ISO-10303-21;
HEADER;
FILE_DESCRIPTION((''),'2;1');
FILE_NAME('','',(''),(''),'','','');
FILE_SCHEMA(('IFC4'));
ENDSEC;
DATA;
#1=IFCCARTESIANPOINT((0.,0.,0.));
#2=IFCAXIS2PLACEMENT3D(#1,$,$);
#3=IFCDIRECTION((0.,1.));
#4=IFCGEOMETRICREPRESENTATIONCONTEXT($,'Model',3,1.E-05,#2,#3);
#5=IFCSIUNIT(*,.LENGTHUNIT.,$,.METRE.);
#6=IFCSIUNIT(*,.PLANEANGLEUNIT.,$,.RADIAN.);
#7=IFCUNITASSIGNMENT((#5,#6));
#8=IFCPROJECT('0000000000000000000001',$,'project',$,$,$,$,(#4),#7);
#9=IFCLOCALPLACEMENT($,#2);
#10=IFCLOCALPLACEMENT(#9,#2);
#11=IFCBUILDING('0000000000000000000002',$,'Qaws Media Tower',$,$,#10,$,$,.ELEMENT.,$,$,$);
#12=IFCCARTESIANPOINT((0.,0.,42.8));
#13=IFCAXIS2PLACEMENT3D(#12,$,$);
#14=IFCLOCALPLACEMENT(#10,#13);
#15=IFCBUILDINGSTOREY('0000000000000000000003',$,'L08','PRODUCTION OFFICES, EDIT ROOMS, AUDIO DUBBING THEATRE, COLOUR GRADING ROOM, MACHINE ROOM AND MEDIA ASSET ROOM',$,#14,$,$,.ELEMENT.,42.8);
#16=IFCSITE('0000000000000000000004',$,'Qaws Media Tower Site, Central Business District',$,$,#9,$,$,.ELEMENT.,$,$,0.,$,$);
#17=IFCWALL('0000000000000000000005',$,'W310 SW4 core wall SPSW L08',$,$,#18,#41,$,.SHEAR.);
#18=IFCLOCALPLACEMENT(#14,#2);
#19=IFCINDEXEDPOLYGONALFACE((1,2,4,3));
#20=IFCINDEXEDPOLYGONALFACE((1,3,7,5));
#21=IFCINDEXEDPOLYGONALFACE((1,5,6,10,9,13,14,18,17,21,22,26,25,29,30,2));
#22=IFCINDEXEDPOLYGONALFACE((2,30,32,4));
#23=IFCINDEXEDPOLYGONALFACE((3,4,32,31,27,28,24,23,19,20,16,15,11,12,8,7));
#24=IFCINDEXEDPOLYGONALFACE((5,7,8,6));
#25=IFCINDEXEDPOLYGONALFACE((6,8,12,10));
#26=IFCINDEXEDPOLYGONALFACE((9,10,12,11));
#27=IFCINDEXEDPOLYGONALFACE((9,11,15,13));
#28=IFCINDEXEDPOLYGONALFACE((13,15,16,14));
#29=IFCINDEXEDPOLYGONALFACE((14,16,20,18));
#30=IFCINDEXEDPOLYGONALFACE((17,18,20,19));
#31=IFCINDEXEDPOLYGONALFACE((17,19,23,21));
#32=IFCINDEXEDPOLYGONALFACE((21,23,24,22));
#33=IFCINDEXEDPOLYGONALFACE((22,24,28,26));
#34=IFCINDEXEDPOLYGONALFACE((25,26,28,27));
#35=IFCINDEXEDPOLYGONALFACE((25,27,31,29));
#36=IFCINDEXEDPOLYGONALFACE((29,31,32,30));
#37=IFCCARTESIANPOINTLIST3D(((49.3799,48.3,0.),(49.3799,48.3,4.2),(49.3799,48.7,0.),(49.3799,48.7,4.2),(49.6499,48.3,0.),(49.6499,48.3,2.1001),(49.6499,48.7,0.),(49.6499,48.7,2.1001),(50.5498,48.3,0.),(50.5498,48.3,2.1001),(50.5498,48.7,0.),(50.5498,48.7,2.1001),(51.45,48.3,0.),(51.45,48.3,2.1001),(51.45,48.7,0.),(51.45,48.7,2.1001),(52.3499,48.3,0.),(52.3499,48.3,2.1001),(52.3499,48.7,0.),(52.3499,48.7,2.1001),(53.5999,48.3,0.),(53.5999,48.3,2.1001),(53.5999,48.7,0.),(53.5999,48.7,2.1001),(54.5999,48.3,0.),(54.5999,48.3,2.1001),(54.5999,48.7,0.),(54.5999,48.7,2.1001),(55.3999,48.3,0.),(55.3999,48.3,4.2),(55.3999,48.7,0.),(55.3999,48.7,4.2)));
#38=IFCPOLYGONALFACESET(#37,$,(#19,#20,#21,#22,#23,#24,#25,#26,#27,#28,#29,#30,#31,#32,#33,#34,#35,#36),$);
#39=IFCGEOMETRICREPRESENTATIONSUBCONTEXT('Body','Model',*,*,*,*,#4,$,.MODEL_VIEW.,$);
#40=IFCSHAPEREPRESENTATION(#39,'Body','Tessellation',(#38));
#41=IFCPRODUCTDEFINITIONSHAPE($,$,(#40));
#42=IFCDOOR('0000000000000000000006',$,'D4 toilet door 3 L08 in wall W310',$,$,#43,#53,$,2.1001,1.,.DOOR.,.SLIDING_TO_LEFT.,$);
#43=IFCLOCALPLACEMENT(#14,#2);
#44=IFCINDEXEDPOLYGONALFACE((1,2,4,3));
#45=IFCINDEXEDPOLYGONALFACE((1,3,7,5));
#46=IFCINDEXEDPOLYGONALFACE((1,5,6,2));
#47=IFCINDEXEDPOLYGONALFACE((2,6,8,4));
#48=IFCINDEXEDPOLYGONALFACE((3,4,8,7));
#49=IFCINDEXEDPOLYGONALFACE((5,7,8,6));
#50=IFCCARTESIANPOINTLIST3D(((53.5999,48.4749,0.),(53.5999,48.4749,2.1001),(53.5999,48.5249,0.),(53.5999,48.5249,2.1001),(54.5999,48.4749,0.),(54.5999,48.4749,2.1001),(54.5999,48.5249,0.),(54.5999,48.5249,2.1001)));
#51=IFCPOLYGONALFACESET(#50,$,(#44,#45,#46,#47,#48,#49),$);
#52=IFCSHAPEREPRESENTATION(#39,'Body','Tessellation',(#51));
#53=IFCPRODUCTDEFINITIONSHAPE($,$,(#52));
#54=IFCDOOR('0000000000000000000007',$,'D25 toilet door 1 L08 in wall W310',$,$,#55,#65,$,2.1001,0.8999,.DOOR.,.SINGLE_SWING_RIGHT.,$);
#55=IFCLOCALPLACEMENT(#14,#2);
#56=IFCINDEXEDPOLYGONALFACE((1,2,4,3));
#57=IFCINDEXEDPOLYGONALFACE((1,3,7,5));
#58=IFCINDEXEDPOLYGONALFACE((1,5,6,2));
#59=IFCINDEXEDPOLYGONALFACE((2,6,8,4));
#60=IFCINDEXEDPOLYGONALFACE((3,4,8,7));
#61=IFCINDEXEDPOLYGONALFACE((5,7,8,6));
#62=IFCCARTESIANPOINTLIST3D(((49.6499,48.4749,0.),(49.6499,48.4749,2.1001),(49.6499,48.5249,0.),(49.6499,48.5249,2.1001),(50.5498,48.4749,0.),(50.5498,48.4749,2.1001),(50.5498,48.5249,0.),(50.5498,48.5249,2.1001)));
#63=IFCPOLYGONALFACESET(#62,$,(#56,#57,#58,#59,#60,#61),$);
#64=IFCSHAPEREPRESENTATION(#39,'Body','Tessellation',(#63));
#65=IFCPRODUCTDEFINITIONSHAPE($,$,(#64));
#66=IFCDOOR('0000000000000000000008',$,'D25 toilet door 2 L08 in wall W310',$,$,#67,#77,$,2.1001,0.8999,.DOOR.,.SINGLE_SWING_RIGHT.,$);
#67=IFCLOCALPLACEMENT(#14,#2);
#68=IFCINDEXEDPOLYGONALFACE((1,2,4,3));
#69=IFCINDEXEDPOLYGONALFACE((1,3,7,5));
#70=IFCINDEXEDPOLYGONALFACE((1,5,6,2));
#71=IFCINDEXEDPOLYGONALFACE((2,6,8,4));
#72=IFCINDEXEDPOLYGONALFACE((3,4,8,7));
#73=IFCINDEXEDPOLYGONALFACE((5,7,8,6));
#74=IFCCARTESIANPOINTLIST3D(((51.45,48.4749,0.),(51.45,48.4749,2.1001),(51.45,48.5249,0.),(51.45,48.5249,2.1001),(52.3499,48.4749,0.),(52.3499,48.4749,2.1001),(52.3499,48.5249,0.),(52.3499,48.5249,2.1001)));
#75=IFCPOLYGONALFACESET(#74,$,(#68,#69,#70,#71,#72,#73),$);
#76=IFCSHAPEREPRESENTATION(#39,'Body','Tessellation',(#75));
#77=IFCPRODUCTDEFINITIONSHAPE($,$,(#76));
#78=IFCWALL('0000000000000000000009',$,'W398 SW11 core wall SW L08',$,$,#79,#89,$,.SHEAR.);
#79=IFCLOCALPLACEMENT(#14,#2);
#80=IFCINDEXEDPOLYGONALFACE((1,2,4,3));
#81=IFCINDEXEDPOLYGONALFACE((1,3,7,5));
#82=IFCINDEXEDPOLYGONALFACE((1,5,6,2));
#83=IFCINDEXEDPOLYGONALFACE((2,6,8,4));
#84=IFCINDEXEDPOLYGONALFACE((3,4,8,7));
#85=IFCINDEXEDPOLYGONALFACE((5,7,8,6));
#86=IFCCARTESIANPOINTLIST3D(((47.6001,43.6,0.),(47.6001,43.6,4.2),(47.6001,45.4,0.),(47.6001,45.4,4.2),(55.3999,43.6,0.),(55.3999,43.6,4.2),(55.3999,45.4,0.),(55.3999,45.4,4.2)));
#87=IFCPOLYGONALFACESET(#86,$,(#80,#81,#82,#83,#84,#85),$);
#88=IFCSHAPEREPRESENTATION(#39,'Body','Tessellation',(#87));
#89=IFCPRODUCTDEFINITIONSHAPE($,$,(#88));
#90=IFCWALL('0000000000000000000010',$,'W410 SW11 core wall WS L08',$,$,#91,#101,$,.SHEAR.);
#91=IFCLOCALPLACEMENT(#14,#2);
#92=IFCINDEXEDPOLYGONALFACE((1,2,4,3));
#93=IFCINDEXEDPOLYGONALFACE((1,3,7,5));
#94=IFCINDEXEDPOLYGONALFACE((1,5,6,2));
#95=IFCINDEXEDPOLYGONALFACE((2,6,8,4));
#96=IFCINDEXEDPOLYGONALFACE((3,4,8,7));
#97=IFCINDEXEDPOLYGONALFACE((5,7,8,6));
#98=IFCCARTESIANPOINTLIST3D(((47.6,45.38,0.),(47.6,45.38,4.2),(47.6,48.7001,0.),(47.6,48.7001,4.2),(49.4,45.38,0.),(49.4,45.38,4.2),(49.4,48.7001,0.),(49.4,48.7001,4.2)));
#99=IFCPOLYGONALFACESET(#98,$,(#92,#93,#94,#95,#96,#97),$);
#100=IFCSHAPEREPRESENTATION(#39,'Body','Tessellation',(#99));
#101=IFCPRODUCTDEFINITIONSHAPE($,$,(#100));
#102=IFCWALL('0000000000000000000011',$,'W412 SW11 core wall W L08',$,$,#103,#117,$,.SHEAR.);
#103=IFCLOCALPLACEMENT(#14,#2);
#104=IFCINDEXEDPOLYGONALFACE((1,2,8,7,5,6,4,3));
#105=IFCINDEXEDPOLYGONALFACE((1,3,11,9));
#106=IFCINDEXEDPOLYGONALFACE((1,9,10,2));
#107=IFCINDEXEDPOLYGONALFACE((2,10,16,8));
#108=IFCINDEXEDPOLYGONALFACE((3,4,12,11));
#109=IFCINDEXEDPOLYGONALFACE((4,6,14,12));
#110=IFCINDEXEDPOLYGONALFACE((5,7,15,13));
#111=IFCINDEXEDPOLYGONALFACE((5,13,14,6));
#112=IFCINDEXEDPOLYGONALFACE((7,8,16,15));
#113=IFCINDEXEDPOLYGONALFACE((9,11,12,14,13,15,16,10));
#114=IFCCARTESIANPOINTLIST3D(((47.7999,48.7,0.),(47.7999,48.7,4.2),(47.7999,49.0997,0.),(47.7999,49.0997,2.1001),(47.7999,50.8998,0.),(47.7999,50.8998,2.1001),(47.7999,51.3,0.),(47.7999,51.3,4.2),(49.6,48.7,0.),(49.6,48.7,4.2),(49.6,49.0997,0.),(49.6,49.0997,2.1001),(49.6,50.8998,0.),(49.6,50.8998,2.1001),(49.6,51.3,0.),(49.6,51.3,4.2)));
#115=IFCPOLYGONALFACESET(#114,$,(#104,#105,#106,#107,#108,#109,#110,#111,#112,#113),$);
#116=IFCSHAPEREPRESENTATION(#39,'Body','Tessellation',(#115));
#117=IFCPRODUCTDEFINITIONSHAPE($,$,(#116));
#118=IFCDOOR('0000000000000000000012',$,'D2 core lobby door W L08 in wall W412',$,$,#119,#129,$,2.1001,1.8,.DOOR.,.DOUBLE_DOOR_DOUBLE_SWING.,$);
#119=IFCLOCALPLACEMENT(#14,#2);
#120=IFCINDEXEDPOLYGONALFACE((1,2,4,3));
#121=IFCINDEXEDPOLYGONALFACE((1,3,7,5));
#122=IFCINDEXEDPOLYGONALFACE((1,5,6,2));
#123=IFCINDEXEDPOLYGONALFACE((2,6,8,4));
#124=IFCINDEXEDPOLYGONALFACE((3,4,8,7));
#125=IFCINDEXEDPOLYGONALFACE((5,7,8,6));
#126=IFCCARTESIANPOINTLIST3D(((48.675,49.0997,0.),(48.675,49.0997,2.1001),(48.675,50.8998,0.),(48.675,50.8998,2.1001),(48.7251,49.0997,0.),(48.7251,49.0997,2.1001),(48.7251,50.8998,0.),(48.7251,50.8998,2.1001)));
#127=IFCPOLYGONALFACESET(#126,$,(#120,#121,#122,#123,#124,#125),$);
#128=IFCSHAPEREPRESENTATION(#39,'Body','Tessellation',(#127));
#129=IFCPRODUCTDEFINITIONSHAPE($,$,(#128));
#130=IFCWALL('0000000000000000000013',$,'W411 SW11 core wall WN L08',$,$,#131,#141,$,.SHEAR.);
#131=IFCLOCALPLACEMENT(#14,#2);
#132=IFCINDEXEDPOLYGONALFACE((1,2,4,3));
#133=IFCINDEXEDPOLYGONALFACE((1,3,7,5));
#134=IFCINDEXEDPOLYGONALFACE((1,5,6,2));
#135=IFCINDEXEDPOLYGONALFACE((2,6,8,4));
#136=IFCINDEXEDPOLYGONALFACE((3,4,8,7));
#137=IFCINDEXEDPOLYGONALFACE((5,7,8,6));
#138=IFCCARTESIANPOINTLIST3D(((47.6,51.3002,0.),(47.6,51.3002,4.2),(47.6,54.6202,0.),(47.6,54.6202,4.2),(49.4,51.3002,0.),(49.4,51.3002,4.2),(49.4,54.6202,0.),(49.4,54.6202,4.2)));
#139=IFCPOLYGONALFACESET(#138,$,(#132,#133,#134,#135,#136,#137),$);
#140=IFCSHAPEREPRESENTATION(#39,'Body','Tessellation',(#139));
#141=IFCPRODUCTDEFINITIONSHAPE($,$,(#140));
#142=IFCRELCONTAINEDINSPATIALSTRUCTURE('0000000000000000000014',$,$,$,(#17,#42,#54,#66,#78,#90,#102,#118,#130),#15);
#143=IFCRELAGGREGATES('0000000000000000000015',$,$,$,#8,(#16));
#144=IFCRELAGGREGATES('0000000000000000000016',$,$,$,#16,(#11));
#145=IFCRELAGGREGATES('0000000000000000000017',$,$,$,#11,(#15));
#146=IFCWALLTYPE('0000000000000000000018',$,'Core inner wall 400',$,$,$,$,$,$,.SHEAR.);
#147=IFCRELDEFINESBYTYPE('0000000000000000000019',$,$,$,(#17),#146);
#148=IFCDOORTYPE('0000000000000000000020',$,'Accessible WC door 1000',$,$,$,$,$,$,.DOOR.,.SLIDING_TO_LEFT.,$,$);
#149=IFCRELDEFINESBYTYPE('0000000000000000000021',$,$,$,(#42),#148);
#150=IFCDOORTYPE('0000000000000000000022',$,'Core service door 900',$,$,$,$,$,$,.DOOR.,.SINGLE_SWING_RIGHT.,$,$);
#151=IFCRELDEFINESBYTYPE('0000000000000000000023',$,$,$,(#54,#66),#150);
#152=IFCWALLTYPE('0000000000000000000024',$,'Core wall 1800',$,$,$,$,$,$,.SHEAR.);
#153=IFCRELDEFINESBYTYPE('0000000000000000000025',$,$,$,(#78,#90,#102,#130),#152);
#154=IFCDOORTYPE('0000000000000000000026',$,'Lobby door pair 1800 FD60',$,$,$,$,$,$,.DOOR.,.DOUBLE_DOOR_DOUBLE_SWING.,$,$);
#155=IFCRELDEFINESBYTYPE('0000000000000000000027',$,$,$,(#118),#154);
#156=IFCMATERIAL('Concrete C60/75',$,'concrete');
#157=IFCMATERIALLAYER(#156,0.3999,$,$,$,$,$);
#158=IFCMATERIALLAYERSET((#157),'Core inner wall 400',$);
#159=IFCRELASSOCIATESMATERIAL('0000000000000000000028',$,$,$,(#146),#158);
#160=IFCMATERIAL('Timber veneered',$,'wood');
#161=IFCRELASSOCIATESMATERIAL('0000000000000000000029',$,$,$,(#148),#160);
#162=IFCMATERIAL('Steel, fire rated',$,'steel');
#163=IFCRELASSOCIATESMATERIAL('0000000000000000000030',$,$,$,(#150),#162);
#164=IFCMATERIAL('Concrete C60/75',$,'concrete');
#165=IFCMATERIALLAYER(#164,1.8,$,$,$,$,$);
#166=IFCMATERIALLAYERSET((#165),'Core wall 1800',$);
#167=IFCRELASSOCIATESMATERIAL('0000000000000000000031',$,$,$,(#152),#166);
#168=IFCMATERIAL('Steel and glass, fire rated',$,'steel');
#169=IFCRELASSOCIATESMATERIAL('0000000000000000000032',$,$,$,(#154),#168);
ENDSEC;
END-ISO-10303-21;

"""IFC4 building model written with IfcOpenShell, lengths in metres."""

from ifc_helpers import new_model, si_unit, direction, frame, frame_2d, origin, place, context, subcontext, project, spatial, rectangle, extrude, material, layer, layer_set, type_object, element, fill, save


model = new_model("IFC4")

# Units and contexts
model_context = context("Model", 3, precision=1e-05, world=origin(), true_north=direction((0.0, 1.0)))
body_context = subcontext(model_context, "Body", "Model", "MODEL_VIEW")
ifc_project = project(units=[si_unit("LENGTHUNIT", "METRE"), si_unit("PLANEANGLEUNIT", "RADIAN")], contexts=[model_context])

# Site, building, storey
site_placement = place(None, origin())
site = spatial("IfcSite", under=ifc_project, at=site_placement, Name="Qaws Media Tower Site, Central Business District", CompositionType="ELEMENT", RefElevation=0.0)
building_placement = place(site_placement, origin())
building = spatial("IfcBuilding", under=site, at=building_placement, Name="Qaws Media Tower", CompositionType="ELEMENT")
storey_placement = place(building_placement, frame((0.0, 0.0, 42.8)))
storey = spatial("IfcBuildingStorey", under=building, at=storey_placement, Name="L08", Description="PRODUCTION OFFICES, EDIT ROOMS, AUDIO DUBBING THEATRE, COLOUR GRADING ROOM, MACHINE ROOM AND MEDIA ASSET ROOM", CompositionType="ELEMENT", Elevation=42.8)

# Wall, openings, doors
ifc_material_1 = material(Name="Concrete C60/75", Category="concrete")
ifc_layer_1 = layer(ifc_material_1, 0.3999)
ifc_layer_set_1 = layer_set([ifc_layer_1], Name="Core inner wall 400")
wall_type_1 = type_object("IfcWallType", Name="Core inner wall 400", PredefinedType="SHEAR", material=ifc_layer_set_1)
wall_1_placement = place(storey_placement, frame((49.3799, 48.5, 0.0), z_axis=(0.0, 0.0, 1.0), x_axis=(1.0, 0.0, 0.0)))
wall_1 = element("IfcWall", 1, at=wall_1_placement, inside=storey, type_object=wall_type_1, Name="W310 SW4 core wall SPSW L08", PredefinedType="SHEAR", context=body_context, shape_type="SweptSolid", body=[
    extrude(rectangle(XDim=6.02, YDim=0.3999, at=frame_2d((3.01, 0.0))), origin(), (0.0, 0.0, 1.0), 4.2),
])
opening_1_placement = place(wall_1_placement, frame((0.27, 0.0, 0.0)))
opening_1 = element("IfcOpeningElement", 2, at=opening_1_placement, cuts=wall_1, PredefinedType="OPENING", context=body_context, shape_type="SweptSolid", body=[
    extrude(rectangle(XDim=0.8999, YDim=2.1001, at=frame_2d((0.45, 1.05))), frame((0.0, 0.21, 0.0), z_axis=(0.0, -1.0, 0.0), x_axis=(1.0, 0.0, 0.0)), (0.0, 0.0, 1.0), 0.4199),
])
opening_2_placement = place(wall_1_placement, frame((2.0701, 0.0, 0.0)))
opening_2 = element("IfcOpeningElement", 3, at=opening_2_placement, cuts=wall_1, PredefinedType="OPENING", context=body_context, shape_type="SweptSolid", body=[
    extrude(rectangle(XDim=0.8999, YDim=2.1001, at=frame_2d((0.45, 1.05))), frame((0.0, 0.21, 0.0), z_axis=(0.0, -1.0, 0.0), x_axis=(1.0, 0.0, 0.0)), (0.0, 0.0, 1.0), 0.4199),
])
opening_3_placement = place(wall_1_placement, frame((4.22, 0.0, 0.0)))
opening_3 = element("IfcOpeningElement", 4, at=opening_3_placement, cuts=wall_1, PredefinedType="OPENING", context=body_context, shape_type="SweptSolid", body=[
    extrude(rectangle(XDim=1.0, YDim=2.1001, at=frame_2d((0.5, 1.05))), frame((0.0, 0.21, 0.0), z_axis=(0.0, -1.0, 0.0), x_axis=(1.0, 0.0, 0.0)), (0.0, 0.0, 1.0), 0.4199),
])
ifc_material_2 = material(Name="Timber veneered", Category="wood")
door_type_1 = type_object("IfcDoorType", Name="Accessible WC door 1000", OperationType="SLIDING_TO_LEFT", PredefinedType="DOOR", material=ifc_material_2)
door_1_placement = place(opening_3_placement, origin())
door_1 = element("IfcDoor", 5, at=door_1_placement, inside=storey, type_object=door_type_1, Name="D4 toilet door 3 L08 in wall W310", OperationType="SLIDING_TO_LEFT", OverallHeight=2.1001, OverallWidth=1.0, PredefinedType="DOOR", context=body_context, shape_type="SweptSolid", body=[
    extrude(rectangle(XDim=1.0, YDim=2.1001, at=frame_2d((0.5, 1.05))), frame((0.0, 0.0249, 0.0), z_axis=(0.0, -1.0, 0.0), x_axis=(1.0, 0.0, 0.0)), (0.0, 0.0, 1.0), 0.05),
])
fill(opening_3, door_1)
ifc_material_3 = material(Name="Steel, fire rated", Category="steel")
door_type_2 = type_object("IfcDoorType", Name="Core service door 900", OperationType="SINGLE_SWING_RIGHT", PredefinedType="DOOR", material=ifc_material_3)
door_2_placement = place(opening_1_placement, origin())
door_2 = element("IfcDoor", 6, at=door_2_placement, inside=storey, type_object=door_type_2, Name="D25 toilet door 1 L08 in wall W310", OperationType="SINGLE_SWING_RIGHT", OverallHeight=2.1001, OverallWidth=0.8999, PredefinedType="DOOR", context=body_context, shape_type="SweptSolid", body=[
    extrude(rectangle(XDim=0.8999, YDim=2.1001, at=frame_2d((0.45, 1.05))), frame((0.0, 0.0249, 0.0), z_axis=(0.0, -1.0, 0.0), x_axis=(1.0, 0.0, 0.0)), (0.0, 0.0, 1.0), 0.05),
])
fill(opening_1, door_2)
door_3_placement = place(opening_2_placement, origin())
door_3 = element("IfcDoor", 7, at=door_3_placement, inside=storey, type_object=door_type_2, Name="D25 toilet door 2 L08 in wall W310", OperationType="SINGLE_SWING_RIGHT", OverallHeight=2.1001, OverallWidth=0.8999, PredefinedType="DOOR", context=body_context, shape_type="SweptSolid", body=[
    extrude(rectangle(XDim=0.8999, YDim=2.1001, at=frame_2d((0.45, 1.05))), frame((0.0, 0.0249, 0.0), z_axis=(0.0, -1.0, 0.0), x_axis=(1.0, 0.0, 0.0)), (0.0, 0.0, 1.0), 0.05),
])
fill(opening_2, door_3)

# Walls
ifc_material_4 = material(Name="Concrete C60/75", Category="concrete")
ifc_layer_2 = layer(ifc_material_4, 1.8)
ifc_layer_set_2 = layer_set([ifc_layer_2], Name="Core wall 1800")
wall_type_2 = type_object("IfcWallType", Name="Core wall 1800", PredefinedType="SHEAR", material=ifc_layer_set_2)
wall_2_placement = place(storey_placement, frame((47.6001, 44.5, 0.0), z_axis=(0.0, 0.0, 1.0), x_axis=(1.0, 0.0, 0.0)))
element("IfcWall", 8, at=wall_2_placement, inside=storey, type_object=wall_type_2, Name="W398 SW11 core wall SW L08", PredefinedType="SHEAR", context=body_context, shape_type="SweptSolid", body=[
    extrude(rectangle(XDim=7.7998, YDim=1.8, at=frame_2d((3.8999, 0.0))), origin(), (0.0, 0.0, 1.0), 4.2),
])
wall_3_placement = place(storey_placement, frame((48.5, 45.3799, 0.0), z_axis=(0.0, 0.0, 1.0), x_axis=(0.0, 1.0, 0.0)))
element("IfcWall", 9, at=wall_3_placement, inside=storey, type_object=wall_type_2, Name="W410 SW11 core wall WS L08", PredefinedType="SHEAR", context=body_context, shape_type="SweptSolid", body=[
    extrude(rectangle(XDim=3.3201, YDim=1.8, at=frame_2d((1.6602, 0.0))), origin(), (0.0, 0.0, 1.0), 4.2),
])

# Wall, opening, door
wall_4_placement = place(storey_placement, frame((48.7, 48.7, 0.0), z_axis=(0.0, 0.0, 1.0), x_axis=(0.0, 1.0, 0.0)))
wall_4 = element("IfcWall", 10, at=wall_4_placement, inside=storey, type_object=wall_type_2, Name="W412 SW11 core wall W L08", PredefinedType="SHEAR", context=body_context, shape_type="SweptSolid", body=[
    extrude(rectangle(XDim=2.6001, YDim=1.8, at=frame_2d((1.3, 0.0))), origin(), (0.0, 0.0, 1.0), 4.2),
])
opening_4_placement = place(wall_4_placement, frame((0.3999, 0.0, 0.0)))
opening_4 = element("IfcOpeningElement", 11, at=opening_4_placement, cuts=wall_4, PredefinedType="OPENING", context=body_context, shape_type="SweptSolid", body=[
    extrude(rectangle(XDim=1.8, YDim=2.1001, at=frame_2d((0.8999, 1.05))), frame((0.0, 0.9099, 0.0), z_axis=(0.0, -1.0, 0.0), x_axis=(1.0, 0.0, 0.0)), (0.0, 0.0, 1.0), 1.8201),
])
ifc_material_5 = material(Name="Steel and glass, fire rated", Category="steel")
door_type_3 = type_object("IfcDoorType", Name="Lobby door pair 1800 FD60", OperationType="DOUBLE_DOOR_DOUBLE_SWING", PredefinedType="DOOR", material=ifc_material_5)
door_4_placement = place(opening_4_placement, origin())
door_4 = element("IfcDoor", 12, at=door_4_placement, inside=storey, type_object=door_type_3, Name="D2 core lobby door W L08 in wall W412", OperationType="DOUBLE_DOOR_DOUBLE_SWING", OverallHeight=2.1001, OverallWidth=1.8, PredefinedType="DOOR", context=body_context, shape_type="SweptSolid", body=[
    extrude(rectangle(XDim=1.8, YDim=2.1001, at=frame_2d((0.8999, 1.05))), frame((0.0, 0.0249, 0.0), z_axis=(0.0, -1.0, 0.0), x_axis=(1.0, 0.0, 0.0)), (0.0, 0.0, 1.0), 0.05),
])
fill(opening_4, door_4)

# Wall
wall_5_placement = place(storey_placement, frame((48.5, 51.3, 0.0), z_axis=(0.0, 0.0, 1.0), x_axis=(0.0, 1.0, 0.0)))
element("IfcWall", 13, at=wall_5_placement, inside=storey, type_object=wall_type_2, Name="W411 SW11 core wall WN L08", PredefinedType="SHEAR", context=body_context, shape_type="SweptSolid", body=[
    extrude(rectangle(XDim=3.3201, YDim=1.8, at=frame_2d((1.6602, 0.0))), origin(), (0.0, 0.0, 1.0), 4.2),
])

save(model, "model.ifc")
